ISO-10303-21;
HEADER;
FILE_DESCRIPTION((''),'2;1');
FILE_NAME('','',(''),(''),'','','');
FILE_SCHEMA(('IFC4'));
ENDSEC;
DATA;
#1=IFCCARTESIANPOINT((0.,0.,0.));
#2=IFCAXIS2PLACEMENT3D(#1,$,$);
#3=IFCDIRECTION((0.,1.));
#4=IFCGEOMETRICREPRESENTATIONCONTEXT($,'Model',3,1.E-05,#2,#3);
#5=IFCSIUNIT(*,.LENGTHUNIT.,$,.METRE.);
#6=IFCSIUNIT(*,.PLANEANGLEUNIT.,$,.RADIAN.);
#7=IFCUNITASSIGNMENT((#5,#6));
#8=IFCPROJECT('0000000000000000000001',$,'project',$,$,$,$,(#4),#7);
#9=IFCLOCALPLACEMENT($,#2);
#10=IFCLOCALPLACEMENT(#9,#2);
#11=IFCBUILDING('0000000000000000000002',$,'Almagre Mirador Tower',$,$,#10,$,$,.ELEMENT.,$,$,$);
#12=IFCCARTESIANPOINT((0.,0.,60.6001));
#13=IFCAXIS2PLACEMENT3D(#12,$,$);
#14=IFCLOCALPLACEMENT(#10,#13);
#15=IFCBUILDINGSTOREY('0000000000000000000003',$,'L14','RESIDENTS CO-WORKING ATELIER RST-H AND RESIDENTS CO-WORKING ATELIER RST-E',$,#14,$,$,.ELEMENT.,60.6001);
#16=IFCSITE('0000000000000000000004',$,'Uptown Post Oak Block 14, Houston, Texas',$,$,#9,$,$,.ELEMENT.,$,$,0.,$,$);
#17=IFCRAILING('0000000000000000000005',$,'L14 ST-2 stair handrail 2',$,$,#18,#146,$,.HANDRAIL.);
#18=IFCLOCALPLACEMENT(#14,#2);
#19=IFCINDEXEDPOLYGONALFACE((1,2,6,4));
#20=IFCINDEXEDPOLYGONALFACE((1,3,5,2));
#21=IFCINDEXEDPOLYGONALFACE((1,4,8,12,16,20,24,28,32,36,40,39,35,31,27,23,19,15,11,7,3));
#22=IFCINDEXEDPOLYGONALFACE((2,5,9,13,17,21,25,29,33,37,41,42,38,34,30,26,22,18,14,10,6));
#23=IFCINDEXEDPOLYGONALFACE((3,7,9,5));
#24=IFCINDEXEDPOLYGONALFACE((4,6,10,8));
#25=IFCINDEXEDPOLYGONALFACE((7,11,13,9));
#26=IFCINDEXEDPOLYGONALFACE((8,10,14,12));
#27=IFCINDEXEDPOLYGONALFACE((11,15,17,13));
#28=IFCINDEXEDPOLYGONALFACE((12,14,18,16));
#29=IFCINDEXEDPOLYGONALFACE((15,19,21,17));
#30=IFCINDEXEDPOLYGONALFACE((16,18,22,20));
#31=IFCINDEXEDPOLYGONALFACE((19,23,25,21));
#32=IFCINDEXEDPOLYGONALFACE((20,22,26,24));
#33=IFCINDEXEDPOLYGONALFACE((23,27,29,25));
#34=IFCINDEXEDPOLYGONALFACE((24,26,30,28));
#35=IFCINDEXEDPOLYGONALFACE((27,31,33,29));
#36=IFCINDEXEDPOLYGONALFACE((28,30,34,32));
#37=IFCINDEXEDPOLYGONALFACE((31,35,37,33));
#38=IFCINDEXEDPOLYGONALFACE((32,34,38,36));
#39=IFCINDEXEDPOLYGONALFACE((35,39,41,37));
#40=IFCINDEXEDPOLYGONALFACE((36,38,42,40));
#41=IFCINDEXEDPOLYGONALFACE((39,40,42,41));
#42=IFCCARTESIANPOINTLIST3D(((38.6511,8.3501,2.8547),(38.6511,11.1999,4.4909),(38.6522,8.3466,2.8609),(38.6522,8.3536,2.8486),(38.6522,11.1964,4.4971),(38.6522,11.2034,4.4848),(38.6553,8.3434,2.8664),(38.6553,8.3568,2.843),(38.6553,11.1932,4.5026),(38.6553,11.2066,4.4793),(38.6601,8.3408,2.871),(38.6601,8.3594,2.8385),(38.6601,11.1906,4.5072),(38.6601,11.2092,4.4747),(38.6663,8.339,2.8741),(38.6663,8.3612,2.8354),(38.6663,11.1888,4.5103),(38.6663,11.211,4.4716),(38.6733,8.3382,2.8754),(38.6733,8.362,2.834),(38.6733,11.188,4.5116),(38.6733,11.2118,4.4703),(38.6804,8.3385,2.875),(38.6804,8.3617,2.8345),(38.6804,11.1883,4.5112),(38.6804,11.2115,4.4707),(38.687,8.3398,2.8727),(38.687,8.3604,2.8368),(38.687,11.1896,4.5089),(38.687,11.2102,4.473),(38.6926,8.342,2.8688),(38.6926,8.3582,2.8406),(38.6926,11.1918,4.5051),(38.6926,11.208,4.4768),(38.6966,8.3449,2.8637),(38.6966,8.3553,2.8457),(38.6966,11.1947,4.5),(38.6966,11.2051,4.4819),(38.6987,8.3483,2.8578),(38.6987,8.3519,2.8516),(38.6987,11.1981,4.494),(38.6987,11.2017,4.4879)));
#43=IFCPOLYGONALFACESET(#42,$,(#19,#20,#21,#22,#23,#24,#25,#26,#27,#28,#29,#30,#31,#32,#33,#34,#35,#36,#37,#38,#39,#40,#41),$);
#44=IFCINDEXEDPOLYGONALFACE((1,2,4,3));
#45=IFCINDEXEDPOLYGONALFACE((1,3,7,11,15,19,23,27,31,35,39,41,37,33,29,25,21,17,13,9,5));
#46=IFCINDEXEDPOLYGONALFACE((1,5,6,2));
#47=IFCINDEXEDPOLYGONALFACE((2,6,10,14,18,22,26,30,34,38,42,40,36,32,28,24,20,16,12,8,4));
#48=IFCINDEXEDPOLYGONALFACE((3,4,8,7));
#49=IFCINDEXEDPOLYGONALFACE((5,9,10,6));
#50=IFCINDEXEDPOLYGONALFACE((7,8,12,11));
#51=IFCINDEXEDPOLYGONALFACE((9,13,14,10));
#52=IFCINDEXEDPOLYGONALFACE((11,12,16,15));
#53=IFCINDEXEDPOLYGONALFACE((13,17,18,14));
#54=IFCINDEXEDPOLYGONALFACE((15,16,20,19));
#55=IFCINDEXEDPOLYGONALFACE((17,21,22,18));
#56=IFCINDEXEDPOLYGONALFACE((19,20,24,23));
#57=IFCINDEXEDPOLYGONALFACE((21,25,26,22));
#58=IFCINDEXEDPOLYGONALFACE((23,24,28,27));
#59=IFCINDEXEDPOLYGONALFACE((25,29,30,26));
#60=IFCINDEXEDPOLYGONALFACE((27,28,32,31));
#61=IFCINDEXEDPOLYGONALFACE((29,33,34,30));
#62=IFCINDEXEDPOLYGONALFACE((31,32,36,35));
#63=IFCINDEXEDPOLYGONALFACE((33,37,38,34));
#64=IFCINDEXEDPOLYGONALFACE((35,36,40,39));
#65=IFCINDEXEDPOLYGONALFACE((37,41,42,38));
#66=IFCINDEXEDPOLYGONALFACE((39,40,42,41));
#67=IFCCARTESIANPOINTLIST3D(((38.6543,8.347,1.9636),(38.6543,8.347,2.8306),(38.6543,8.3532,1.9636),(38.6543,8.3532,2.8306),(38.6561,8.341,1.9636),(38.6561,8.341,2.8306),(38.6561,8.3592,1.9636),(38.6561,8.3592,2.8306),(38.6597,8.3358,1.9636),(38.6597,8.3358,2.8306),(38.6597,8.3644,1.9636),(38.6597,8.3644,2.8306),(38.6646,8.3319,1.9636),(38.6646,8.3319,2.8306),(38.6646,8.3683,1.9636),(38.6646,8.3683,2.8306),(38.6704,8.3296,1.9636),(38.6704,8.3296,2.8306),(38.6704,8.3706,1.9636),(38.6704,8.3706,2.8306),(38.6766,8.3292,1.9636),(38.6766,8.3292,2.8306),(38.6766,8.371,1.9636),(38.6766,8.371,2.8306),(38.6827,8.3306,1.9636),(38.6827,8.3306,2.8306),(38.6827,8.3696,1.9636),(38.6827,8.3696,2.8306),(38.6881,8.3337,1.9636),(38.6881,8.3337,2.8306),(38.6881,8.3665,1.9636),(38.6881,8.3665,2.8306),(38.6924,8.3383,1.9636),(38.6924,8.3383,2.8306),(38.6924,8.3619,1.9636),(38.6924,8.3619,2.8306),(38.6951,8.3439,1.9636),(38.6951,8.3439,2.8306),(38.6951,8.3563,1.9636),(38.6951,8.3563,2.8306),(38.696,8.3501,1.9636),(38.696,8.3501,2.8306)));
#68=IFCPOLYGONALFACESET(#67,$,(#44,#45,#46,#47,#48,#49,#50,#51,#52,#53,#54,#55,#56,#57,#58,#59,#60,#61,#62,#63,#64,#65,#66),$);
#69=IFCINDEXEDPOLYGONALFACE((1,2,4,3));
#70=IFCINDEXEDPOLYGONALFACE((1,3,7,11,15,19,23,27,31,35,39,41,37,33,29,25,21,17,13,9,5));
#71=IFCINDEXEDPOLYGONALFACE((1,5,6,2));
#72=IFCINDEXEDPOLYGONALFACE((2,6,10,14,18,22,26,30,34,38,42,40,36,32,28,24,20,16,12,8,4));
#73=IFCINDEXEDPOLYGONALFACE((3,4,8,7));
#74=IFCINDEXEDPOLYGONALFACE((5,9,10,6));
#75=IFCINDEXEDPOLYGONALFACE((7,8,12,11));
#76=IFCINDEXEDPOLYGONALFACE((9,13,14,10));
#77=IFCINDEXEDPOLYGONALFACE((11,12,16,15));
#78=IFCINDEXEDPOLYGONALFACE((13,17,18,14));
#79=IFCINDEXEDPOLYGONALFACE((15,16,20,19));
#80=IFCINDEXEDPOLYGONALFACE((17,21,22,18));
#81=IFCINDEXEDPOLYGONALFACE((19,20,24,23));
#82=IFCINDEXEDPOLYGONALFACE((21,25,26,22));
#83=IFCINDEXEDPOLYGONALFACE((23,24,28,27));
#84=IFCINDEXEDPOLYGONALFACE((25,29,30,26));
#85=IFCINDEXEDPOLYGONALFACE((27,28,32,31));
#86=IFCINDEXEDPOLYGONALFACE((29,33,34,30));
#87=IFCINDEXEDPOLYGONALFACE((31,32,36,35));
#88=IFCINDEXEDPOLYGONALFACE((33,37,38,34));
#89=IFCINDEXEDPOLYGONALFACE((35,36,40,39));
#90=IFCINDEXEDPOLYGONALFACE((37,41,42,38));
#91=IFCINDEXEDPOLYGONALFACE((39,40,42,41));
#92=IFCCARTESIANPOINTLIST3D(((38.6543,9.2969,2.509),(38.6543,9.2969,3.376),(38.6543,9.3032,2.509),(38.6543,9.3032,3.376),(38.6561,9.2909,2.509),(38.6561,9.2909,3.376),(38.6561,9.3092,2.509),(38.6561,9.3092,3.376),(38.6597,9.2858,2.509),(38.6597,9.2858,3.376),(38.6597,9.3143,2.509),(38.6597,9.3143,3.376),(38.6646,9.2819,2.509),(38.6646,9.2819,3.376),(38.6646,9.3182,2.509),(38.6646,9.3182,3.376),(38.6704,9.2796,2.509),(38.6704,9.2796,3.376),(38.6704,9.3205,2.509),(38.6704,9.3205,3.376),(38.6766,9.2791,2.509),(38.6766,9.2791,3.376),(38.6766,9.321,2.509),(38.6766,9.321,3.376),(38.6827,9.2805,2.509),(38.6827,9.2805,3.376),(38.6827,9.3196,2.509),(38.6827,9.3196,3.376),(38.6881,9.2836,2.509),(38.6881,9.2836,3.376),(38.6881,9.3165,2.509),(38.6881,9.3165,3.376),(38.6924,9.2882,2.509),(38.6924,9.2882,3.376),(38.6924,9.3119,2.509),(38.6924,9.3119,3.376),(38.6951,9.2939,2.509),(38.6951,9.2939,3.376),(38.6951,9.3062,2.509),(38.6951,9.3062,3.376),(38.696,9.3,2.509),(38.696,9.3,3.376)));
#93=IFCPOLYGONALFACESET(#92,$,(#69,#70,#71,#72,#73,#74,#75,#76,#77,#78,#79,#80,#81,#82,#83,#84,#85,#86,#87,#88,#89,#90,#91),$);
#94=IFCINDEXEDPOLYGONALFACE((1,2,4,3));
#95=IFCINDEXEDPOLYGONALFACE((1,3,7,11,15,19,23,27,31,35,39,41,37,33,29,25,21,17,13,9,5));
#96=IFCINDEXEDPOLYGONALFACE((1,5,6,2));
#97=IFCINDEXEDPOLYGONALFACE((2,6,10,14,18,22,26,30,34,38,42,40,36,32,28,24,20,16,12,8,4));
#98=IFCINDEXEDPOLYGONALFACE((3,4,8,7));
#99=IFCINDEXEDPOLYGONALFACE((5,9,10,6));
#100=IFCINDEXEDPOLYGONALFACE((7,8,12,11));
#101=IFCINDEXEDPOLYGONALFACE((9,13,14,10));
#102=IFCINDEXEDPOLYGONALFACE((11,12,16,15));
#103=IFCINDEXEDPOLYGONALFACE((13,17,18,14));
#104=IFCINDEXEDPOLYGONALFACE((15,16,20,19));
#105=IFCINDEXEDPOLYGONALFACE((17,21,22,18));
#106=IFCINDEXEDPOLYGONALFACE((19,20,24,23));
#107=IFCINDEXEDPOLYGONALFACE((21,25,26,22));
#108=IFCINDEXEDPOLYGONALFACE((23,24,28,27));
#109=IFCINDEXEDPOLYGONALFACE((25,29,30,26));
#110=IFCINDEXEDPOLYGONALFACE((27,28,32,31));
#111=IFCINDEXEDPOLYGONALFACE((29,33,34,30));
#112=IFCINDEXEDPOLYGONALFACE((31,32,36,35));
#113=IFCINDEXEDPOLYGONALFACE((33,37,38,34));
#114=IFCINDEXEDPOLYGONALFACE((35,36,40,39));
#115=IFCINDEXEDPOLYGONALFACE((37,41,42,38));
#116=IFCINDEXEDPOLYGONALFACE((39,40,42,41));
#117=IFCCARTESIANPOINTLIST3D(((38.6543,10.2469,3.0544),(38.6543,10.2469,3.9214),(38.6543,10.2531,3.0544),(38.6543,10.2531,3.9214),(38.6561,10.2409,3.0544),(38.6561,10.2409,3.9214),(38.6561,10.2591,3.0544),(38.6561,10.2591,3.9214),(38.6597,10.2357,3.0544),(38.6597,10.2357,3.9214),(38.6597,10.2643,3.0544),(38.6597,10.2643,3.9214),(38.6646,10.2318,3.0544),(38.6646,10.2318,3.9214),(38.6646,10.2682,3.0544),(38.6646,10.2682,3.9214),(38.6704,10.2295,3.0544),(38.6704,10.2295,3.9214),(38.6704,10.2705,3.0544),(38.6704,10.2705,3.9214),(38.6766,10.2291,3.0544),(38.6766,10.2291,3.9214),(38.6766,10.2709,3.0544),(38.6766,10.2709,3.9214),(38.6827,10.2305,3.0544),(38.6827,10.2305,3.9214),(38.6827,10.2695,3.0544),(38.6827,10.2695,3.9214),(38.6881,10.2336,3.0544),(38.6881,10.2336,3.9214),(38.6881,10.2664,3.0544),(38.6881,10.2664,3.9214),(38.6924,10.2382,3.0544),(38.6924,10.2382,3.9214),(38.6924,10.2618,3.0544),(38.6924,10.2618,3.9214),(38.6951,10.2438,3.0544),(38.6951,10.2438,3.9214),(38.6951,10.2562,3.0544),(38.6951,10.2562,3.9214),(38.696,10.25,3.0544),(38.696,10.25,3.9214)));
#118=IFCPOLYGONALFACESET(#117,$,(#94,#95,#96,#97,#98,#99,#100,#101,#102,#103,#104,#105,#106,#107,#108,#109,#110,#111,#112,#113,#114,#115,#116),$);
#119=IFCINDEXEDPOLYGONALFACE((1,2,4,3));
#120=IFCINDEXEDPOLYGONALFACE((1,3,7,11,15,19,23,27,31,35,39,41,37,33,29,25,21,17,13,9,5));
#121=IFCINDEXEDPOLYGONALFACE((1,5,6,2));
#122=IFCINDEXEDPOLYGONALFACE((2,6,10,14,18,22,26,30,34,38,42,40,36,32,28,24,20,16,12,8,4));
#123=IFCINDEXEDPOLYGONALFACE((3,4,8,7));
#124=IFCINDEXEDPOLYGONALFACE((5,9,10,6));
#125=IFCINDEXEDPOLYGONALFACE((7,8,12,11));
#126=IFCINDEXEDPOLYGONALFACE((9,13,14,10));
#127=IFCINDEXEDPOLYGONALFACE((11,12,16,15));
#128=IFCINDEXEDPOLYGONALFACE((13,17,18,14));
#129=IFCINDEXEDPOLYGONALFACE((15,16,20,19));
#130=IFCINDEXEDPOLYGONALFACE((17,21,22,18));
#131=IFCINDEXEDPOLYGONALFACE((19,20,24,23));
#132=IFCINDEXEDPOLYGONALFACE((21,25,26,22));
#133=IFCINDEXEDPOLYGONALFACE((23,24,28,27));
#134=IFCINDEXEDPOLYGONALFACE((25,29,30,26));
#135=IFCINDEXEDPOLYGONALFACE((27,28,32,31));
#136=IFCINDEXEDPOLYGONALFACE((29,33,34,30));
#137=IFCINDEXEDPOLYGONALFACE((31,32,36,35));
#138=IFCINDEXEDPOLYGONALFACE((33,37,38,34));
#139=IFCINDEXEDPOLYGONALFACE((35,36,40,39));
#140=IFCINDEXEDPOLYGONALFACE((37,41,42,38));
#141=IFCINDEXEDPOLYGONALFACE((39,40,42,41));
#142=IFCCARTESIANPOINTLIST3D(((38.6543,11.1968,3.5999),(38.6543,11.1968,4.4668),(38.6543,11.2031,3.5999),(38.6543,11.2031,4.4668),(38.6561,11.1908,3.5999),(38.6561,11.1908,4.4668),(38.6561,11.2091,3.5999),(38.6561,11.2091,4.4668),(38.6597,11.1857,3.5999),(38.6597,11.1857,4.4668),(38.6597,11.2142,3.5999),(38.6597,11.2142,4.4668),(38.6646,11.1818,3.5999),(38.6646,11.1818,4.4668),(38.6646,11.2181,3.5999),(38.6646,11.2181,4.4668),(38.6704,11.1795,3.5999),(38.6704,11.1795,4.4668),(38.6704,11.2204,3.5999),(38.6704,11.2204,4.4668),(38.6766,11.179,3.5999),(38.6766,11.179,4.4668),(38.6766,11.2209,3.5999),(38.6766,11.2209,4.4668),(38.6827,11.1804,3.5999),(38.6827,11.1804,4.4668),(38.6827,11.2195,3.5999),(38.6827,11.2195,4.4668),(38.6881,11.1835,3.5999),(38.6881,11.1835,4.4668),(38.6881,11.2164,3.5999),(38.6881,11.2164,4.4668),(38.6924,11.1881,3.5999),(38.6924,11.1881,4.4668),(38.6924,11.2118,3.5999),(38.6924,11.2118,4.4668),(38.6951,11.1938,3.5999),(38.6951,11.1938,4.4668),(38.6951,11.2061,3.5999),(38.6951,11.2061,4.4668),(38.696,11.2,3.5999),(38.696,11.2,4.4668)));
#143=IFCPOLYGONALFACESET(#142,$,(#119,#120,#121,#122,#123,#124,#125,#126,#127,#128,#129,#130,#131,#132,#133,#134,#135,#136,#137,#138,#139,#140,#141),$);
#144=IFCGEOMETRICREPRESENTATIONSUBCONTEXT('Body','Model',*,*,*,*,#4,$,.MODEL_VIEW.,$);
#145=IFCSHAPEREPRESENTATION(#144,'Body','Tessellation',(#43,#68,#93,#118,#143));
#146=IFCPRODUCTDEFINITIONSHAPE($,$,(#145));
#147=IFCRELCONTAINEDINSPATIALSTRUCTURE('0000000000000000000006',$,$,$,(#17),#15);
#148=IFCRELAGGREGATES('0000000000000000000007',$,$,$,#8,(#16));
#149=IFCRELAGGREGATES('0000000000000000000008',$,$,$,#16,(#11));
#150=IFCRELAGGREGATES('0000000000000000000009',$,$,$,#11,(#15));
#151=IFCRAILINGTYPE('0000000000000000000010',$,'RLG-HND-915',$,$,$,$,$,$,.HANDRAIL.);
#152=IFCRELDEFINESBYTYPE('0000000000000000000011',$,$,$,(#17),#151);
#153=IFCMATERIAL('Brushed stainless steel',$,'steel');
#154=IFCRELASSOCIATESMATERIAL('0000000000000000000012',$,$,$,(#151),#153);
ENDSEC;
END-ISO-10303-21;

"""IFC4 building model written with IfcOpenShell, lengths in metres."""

from ifc_helpers import new_model, si_unit, direction, frame, origin, origin_2d, place, context, subcontext, project, spatial, circle, extrude, material, type_object, element, save


model = new_model("IFC4")

# Units and contexts
model_context = context("Model", 3, precision=1e-05, world=origin(), true_north=direction((0.0, 1.0)))
body_context = subcontext(model_context, "Body", "Model", "MODEL_VIEW")
ifc_project = project(units=[si_unit("LENGTHUNIT", "METRE"), si_unit("PLANEANGLEUNIT", "RADIAN")], contexts=[model_context])

# Site, building, storey
site_placement = place(None, origin())
site = spatial("IfcSite", under=ifc_project, at=site_placement, Name="Uptown Post Oak Block 14, Houston, Texas", CompositionType="ELEMENT", RefElevation=0.0)
building_placement = place(site_placement, origin())
building = spatial("IfcBuilding", under=site, at=building_placement, Name="Almagre Mirador Tower", CompositionType="ELEMENT")
storey_placement = place(building_placement, frame((0.0, 0.0, 60.6001)))
storey = spatial("IfcBuildingStorey", under=building, at=storey_placement, Name="L14", Description="RESIDENTS CO-WORKING ATELIER RST-H AND RESIDENTS CO-WORKING ATELIER RST-E", CompositionType="ELEMENT", Elevation=60.6001)

# Railing
ifc_material_1 = material(Name="Brushed stainless steel", Category="steel")
railing_type_1 = type_object("IfcRailingType", Name="RLG-HND-915", PredefinedType="HANDRAIL", material=ifc_material_1)
railing_1_placement = place(storey_placement, frame((38.675, 8.3501, 1.9636)))
element("IfcRailing", 1, at=railing_1_placement, inside=storey, type_object=railing_type_1, Name="L14 ST-2 stair handrail 2", PredefinedType="HANDRAIL", context=body_context, shape_type="SweptSolid", body=[
    extrude(circle(Radius=0.0239, at=origin_2d()), frame((0.0, 0.0, 0.8911), z_axis=(0.0, 0.867226, 0.497914), x_axis=(-1.0, 0.0, 0.0)), (0.0, 0.0, 1.0), 3.2861),
    extrude(circle(Radius=0.021, at=origin_2d()), origin(), (0.0, 0.0, 1.0), 0.8669),
    extrude(circle(Radius=0.021, at=origin_2d()), frame((0.0, 0.95, 0.5454)), (0.0, 0.0, 1.0), 0.8669),
    extrude(circle(Radius=0.021, at=origin_2d()), frame((0.0, 1.8999, 1.0908)), (0.0, 0.0, 1.0), 0.8669),
    extrude(circle(Radius=0.021, at=origin_2d()), frame((0.0, 2.8499, 1.6362)), (0.0, 0.0, 1.0), 0.8669),
])

save(model, "model.ifc")
